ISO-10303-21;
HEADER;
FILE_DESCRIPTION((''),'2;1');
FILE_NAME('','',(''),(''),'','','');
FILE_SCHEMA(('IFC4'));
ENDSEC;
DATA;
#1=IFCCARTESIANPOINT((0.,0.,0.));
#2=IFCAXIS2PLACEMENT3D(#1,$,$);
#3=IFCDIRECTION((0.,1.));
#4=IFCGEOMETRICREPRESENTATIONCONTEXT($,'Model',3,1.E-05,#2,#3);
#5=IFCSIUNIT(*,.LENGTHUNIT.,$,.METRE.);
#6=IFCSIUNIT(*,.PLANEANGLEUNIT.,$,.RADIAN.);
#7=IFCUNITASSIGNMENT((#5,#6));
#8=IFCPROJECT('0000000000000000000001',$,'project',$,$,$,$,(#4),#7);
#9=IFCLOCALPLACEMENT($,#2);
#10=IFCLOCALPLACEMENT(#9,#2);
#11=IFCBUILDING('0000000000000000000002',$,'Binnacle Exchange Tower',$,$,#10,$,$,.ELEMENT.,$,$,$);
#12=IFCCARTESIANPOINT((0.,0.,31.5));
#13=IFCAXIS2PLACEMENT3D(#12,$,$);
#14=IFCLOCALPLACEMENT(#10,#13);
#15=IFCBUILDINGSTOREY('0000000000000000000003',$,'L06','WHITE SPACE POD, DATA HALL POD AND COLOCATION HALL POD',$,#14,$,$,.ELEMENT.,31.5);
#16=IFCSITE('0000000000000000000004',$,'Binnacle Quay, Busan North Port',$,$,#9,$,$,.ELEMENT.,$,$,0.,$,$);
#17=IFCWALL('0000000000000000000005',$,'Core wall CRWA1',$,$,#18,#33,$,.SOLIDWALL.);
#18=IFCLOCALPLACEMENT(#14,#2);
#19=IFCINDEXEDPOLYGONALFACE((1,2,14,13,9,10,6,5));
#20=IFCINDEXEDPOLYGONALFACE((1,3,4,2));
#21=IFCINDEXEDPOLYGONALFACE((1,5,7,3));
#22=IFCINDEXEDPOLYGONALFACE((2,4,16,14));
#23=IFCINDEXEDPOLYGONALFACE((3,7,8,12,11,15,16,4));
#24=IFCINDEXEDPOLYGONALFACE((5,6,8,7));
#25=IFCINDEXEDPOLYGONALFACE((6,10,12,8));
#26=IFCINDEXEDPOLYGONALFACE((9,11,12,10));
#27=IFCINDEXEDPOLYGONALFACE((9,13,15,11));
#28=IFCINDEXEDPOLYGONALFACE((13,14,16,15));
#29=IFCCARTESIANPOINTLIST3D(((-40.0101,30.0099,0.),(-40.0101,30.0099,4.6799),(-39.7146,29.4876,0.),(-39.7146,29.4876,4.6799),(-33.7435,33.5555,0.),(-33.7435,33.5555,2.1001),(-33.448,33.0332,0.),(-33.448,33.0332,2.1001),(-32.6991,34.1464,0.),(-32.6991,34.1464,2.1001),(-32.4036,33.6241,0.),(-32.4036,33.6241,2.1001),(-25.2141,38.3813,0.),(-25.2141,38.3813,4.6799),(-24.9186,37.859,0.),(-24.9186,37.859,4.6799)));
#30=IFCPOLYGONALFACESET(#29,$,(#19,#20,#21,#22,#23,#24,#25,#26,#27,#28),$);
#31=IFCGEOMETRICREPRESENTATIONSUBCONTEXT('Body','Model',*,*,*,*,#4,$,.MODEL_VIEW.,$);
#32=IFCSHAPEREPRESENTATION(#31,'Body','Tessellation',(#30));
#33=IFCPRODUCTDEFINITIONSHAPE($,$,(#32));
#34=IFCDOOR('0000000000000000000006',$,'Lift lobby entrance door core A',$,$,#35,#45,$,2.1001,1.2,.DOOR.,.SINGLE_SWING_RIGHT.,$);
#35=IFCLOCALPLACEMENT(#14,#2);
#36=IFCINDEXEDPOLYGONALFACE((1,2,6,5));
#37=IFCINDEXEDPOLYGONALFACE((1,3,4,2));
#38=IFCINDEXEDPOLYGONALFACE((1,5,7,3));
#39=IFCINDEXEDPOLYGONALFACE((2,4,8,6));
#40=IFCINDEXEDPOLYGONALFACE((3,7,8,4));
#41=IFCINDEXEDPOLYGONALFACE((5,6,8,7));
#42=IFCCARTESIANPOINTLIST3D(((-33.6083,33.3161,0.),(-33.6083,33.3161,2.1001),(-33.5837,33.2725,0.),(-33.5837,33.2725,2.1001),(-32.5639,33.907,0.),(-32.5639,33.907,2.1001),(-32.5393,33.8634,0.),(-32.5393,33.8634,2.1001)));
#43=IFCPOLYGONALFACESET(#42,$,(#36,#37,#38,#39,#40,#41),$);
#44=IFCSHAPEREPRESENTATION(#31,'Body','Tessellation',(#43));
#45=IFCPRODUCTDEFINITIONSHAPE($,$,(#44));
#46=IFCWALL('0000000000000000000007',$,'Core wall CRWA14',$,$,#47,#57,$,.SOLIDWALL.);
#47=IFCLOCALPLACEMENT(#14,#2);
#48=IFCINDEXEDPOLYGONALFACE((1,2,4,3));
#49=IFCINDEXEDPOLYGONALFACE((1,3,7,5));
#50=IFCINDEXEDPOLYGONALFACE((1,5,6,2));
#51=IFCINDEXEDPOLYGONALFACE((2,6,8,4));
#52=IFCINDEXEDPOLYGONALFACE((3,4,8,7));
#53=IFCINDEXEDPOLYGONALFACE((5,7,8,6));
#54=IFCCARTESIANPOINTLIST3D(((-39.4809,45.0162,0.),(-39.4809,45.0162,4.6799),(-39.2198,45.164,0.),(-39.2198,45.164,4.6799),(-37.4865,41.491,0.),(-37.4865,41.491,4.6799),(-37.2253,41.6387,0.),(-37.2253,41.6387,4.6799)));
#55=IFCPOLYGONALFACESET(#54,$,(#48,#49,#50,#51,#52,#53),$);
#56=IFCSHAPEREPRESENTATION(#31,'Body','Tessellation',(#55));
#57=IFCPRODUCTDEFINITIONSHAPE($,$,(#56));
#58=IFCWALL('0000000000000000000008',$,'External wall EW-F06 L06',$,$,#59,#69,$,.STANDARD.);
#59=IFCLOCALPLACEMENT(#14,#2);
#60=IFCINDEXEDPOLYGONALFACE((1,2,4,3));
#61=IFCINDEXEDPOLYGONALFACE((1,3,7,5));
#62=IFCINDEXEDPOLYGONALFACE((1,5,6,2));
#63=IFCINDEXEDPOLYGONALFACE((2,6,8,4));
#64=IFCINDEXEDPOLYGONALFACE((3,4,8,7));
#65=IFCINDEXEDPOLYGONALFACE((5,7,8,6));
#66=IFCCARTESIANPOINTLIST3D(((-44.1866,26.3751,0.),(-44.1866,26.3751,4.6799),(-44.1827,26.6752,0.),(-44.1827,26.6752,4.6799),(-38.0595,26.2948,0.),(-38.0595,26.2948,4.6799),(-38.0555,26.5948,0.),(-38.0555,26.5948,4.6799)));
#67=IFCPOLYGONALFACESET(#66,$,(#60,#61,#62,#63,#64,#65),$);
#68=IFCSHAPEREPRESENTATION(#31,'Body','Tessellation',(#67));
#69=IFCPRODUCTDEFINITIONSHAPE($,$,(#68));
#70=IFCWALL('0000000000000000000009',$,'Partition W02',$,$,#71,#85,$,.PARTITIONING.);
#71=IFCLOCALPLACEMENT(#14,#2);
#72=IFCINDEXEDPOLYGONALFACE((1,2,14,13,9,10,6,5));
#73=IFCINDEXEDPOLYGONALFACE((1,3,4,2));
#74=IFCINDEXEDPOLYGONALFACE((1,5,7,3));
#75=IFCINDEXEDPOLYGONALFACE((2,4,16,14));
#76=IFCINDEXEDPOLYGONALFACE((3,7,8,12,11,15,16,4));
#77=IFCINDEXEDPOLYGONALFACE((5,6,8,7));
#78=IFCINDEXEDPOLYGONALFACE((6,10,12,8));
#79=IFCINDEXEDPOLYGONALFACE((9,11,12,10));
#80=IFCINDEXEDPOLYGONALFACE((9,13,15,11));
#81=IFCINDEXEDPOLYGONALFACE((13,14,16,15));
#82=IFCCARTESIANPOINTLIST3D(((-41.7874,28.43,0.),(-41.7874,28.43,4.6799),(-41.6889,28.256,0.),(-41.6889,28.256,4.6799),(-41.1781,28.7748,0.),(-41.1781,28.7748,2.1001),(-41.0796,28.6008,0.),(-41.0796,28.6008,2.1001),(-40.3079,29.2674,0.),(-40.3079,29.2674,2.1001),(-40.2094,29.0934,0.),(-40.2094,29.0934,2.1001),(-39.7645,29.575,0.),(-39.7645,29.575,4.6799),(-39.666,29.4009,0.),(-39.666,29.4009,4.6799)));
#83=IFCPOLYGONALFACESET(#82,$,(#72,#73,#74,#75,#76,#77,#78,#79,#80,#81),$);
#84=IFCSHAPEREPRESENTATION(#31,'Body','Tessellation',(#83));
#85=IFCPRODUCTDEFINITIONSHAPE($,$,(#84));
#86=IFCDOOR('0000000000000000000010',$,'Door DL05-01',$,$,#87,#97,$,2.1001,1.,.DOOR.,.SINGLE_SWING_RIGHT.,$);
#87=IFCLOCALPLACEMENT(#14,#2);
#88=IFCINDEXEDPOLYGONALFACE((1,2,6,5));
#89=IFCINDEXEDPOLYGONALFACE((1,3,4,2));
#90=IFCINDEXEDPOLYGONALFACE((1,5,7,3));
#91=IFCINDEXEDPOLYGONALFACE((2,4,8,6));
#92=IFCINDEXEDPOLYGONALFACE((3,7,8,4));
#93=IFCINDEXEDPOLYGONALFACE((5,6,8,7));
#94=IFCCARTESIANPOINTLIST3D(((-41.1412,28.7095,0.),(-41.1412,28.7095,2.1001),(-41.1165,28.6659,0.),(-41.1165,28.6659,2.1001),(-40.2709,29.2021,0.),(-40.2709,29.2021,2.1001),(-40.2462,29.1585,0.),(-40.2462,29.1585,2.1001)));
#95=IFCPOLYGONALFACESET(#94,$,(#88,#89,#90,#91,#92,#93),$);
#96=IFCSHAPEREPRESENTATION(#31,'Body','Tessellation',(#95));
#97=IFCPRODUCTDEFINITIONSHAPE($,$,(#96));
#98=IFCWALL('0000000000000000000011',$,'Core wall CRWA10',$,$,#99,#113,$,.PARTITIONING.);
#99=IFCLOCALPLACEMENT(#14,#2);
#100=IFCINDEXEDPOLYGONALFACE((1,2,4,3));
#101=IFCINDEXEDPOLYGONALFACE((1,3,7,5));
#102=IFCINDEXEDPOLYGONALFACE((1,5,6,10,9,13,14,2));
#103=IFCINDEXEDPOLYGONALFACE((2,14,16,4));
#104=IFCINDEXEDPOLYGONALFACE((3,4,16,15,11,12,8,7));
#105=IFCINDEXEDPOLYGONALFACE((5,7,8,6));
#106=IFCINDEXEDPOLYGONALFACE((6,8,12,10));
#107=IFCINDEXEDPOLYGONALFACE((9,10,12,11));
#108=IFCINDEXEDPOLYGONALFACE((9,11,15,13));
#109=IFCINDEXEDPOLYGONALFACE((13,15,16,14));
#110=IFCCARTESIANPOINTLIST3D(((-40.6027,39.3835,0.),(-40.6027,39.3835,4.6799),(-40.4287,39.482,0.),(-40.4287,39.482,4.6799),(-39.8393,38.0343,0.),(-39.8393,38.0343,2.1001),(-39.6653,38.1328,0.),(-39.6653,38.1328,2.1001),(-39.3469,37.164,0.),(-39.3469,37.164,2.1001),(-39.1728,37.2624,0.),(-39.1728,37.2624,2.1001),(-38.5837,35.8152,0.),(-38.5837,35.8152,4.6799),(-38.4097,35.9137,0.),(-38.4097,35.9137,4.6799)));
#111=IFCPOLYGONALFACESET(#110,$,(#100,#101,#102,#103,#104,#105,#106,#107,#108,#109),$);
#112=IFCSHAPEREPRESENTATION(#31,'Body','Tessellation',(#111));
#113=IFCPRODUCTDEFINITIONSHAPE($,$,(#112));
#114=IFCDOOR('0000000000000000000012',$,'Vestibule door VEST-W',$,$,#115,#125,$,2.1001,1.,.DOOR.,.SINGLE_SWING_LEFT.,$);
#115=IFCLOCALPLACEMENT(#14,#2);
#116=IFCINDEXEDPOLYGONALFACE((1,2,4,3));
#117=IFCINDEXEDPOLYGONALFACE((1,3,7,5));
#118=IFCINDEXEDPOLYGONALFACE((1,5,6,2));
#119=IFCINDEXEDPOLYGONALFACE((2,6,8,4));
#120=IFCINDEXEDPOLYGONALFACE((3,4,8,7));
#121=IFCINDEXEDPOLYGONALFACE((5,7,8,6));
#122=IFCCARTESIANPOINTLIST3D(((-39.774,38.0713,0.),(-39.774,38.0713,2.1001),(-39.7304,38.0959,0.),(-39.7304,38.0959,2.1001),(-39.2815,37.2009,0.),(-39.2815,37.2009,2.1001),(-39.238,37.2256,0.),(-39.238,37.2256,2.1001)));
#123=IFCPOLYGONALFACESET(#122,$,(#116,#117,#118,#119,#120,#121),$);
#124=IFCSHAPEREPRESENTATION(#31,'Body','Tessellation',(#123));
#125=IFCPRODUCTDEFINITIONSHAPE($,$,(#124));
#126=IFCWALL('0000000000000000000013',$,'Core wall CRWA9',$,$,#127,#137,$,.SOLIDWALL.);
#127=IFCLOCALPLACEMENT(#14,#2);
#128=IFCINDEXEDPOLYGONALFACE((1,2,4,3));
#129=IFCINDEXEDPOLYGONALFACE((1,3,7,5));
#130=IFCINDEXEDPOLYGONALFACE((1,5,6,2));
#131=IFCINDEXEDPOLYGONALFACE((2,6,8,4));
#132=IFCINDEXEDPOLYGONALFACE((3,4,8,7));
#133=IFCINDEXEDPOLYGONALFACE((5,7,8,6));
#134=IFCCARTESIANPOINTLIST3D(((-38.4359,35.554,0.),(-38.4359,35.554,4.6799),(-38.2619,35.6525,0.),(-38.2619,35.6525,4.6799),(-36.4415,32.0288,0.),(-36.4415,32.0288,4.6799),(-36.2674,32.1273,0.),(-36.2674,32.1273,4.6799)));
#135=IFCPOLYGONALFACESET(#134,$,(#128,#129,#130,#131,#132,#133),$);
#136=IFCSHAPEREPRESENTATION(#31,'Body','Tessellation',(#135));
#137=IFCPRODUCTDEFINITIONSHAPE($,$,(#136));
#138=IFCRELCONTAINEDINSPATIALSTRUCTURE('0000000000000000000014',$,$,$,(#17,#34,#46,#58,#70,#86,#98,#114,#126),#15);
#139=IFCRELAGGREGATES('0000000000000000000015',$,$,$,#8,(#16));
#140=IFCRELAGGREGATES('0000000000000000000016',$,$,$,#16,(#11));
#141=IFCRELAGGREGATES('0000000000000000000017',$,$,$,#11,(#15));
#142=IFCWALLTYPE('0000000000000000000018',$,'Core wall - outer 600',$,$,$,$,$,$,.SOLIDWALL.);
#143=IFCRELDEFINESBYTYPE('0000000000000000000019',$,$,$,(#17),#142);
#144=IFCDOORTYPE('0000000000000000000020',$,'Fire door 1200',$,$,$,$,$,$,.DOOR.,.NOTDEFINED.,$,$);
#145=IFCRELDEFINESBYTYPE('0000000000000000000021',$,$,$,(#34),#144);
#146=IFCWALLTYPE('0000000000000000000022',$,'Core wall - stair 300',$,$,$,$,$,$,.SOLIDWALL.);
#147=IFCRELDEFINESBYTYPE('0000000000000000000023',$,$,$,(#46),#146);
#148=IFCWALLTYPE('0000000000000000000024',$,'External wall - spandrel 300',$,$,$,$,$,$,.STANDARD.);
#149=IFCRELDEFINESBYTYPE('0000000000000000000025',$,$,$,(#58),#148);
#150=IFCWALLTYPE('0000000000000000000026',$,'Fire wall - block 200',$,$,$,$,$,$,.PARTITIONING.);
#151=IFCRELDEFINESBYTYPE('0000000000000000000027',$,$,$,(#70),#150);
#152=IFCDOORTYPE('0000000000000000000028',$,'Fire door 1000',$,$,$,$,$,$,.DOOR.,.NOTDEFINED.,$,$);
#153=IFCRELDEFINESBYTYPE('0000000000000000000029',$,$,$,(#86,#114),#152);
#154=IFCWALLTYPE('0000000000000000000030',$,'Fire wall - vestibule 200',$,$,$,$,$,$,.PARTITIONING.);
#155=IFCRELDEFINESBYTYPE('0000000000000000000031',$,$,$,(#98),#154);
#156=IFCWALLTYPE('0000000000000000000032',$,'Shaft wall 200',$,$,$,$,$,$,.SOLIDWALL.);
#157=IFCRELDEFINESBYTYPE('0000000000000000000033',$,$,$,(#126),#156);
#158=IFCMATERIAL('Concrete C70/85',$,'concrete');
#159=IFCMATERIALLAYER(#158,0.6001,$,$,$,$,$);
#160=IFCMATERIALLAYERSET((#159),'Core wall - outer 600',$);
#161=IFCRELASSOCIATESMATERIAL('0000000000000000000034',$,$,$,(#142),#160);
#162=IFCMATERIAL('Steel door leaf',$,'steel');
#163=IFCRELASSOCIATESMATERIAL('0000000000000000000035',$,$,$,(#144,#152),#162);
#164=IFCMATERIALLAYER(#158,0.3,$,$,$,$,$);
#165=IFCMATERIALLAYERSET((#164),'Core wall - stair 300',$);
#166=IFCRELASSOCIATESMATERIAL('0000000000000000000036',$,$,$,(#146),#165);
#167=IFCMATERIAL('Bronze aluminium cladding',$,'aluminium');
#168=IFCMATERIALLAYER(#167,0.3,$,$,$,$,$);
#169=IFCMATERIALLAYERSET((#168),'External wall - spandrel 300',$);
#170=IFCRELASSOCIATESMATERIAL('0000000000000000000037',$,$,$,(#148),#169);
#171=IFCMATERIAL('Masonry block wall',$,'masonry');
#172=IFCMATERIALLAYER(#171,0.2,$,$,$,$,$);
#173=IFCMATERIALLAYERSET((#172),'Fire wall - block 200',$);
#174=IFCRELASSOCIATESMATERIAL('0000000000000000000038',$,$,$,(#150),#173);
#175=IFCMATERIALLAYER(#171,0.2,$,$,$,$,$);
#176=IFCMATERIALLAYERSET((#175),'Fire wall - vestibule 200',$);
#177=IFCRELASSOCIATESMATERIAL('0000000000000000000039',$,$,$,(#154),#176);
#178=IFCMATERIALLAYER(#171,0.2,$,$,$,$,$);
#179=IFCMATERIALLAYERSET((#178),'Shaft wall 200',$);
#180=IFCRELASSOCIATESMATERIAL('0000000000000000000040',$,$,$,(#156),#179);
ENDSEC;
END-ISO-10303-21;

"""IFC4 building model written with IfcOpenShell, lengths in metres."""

from ifc_helpers import new_model, si_unit, direction, frame, frame_2d, origin, place, context, subcontext, project, spatial, rectangle, extrude, material, layer, layer_set, type_object, element, fill, save


model = new_model("IFC4")

# Units and contexts
model_context = context("Model", 3, precision=1e-05, world=origin(), true_north=direction((0.0, 1.0)))
body_context = subcontext(model_context, "Body", "Model", "MODEL_VIEW")
ifc_project = project(units=[si_unit("LENGTHUNIT", "METRE"), si_unit("PLANEANGLEUNIT", "RADIAN")], contexts=[model_context])

# Site, building, storey
site_placement = place(None, origin())
site = spatial("IfcSite", under=ifc_project, at=site_placement, Name="Binnacle Quay, Busan North Port", CompositionType="ELEMENT", RefElevation=0.0)
building_placement = place(site_placement, origin())
building = spatial("IfcBuilding", under=site, at=building_placement, Name="Binnacle Exchange Tower", CompositionType="ELEMENT")
storey_placement = place(building_placement, frame((0.0, 0.0, 31.5)))
storey = spatial("IfcBuildingStorey", under=building, at=storey_placement, Name="L06", Description="WHITE SPACE POD, DATA HALL POD AND COLOCATION HALL POD", CompositionType="ELEMENT", Elevation=31.5)

# Shared definitions
ifc_material_1 = material(Name="Concrete C70/85", Category="concrete")

# Shared definitions
ifc_material_2 = material(Name="Steel door leaf", Category="steel")

# Wall, opening, door
ifc_layer_1 = layer(ifc_material_1, 0.6001)
ifc_layer_set_1 = layer_set([ifc_layer_1], Name="Core wall - outer 600")
wall_type_1 = type_object("IfcWallType", Name="Core wall - outer 600", PredefinedType="SOLIDWALL", material=ifc_layer_set_1)
wall_1_placement = place(storey_placement, frame((-39.8623, 29.7488, 0.0), z_axis=(0.0, 0.0, 1.0), x_axis=(0.87035, 0.492433, 0.0)))
wall_1 = element("IfcWall", 1, at=wall_1_placement, inside=storey, type_object=wall_type_1, Name="Core wall CRWA1", PredefinedType="SOLIDWALL", context=body_context, shape_type="SweptSolid", body=[
    extrude(rectangle(XDim=17.0, YDim=0.6001, at=frame_2d((8.5, 0.0))), origin(), (0.0, 0.0, 1.0), 4.6799),
])
opening_1_placement = place(wall_1_placement, frame((7.2, 0.0, 0.0)))
opening_1 = element("IfcOpeningElement", 2, at=opening_1_placement, cuts=wall_1, PredefinedType="OPENING", context=body_context, shape_type="SweptSolid", body=[
    extrude(rectangle(XDim=1.2, YDim=2.1001, at=frame_2d((0.6001, 1.05))), frame((0.0, 0.3101, 0.0), z_axis=(0.0, -1.0, 0.0), x_axis=(1.0, 0.0, 0.0)), (0.0, 0.0, 1.0), 0.6201),
])
door_type_1 = type_object("IfcDoorType", Name="Fire door 1200", OperationType="NOTDEFINED", PredefinedType="DOOR", material=ifc_material_2)
door_1_placement = place(opening_1_placement, frame((1.2, 0.0, 0.0), z_axis=(0.0, 0.0, 1.0), x_axis=(-1.0, 0.0, 0.0)))
door_1 = element("IfcDoor", 3, at=door_1_placement, inside=storey, type_object=door_type_1, Name="Lift lobby entrance door core A", OperationType="SINGLE_SWING_RIGHT", OverallHeight=2.1001, OverallWidth=1.2, PredefinedType="DOOR", context=body_context, shape_type="SweptSolid", body=[
    extrude(rectangle(XDim=1.2, YDim=2.1001, at=frame_2d((0.6001, 1.05))), frame((0.0, 0.0249, 0.0), z_axis=(0.0, -1.0, 0.0), x_axis=(1.0, 0.0, 0.0)), (0.0, 0.0, 1.0), 0.05),
])
fill(opening_1, door_1)

# Walls
ifc_layer_2 = layer(ifc_material_1, 0.3)
ifc_layer_set_2 = layer_set([ifc_layer_2], Name="Core wall - stair 300")
wall_type_2 = type_object("IfcWallType", Name="Core wall - stair 300", PredefinedType="SOLIDWALL", material=ifc_layer_set_2)
wall_2_placement = place(storey_placement, frame((-39.3503, 45.0901, 0.0), z_axis=(0.0, 0.0, 1.0), x_axis=(0.492415, -0.870361, 0.0)))
element("IfcWall", 4, at=wall_2_placement, inside=storey, type_object=wall_type_2, Name="Core wall CRWA14", PredefinedType="SOLIDWALL", context=body_context, shape_type="SweptSolid", body=[
    extrude(rectangle(XDim=4.0503, YDim=0.3, at=frame_2d((2.0251, 0.0))), origin(), (0.0, 0.0, 1.0), 4.6799),
])
ifc_material_3 = material(Name="Bronze aluminium cladding", Category="aluminium")
ifc_layer_3 = layer(ifc_material_3, 0.3)
ifc_layer_set_3 = layer_set([ifc_layer_3], Name="External wall - spandrel 300")
wall_type_3 = type_object("IfcWallType", Name="External wall - spandrel 300", PredefinedType="STANDARD", material=ifc_layer_set_3)
wall_3_placement = place(storey_placement, frame((-38.0574, 26.4448, 0.0), z_axis=(0.0, 0.0, 1.0), x_axis=(-0.999914, 0.013108, 0.0)))
element("IfcWall", 5, at=wall_3_placement, inside=storey, type_object=wall_type_3, Name="External wall EW-F06 L06", PredefinedType="STANDARD", context=body_context, shape_type="SweptSolid", body=[
    extrude(rectangle(XDim=6.1277, YDim=0.3, at=frame_2d((3.064, 0.0))), origin(), (0.0, 0.0, 1.0), 4.6799),
])

# Walls, openings, doors
ifc_material_4 = material(Name="Masonry block wall", Category="masonry")
ifc_layer_4 = layer(ifc_material_4, 0.2)
ifc_layer_set_4 = layer_set([ifc_layer_4], Name="Fire wall - block 200")
wall_type_4 = type_object("IfcWallType", Name="Fire wall - block 200", PredefinedType="PARTITIONING", material=ifc_layer_set_4)
wall_4_placement = place(storey_placement, frame((-41.738, 28.343, 0.0), z_axis=(0.0, 0.0, 1.0), x_axis=(0.870265, 0.492583, 0.0)))
wall_4 = element("IfcWall", 6, at=wall_4_placement, inside=storey, type_object=wall_type_4, Name="Partition W02", PredefinedType="PARTITIONING", context=body_context, shape_type="SweptSolid", body=[
    extrude(rectangle(XDim=2.3245, YDim=0.2, at=frame_2d((1.1621, 0.0))), origin(), (0.0, 0.0, 1.0), 4.6799),
])
opening_2_placement = place(wall_4_placement, frame((0.7, 0.0, 0.0)))
opening_2 = element("IfcOpeningElement", 7, at=opening_2_placement, cuts=wall_4, PredefinedType="OPENING", context=body_context, shape_type="SweptSolid", body=[
    extrude(rectangle(XDim=1.0, YDim=2.1001, at=frame_2d((0.5, 1.05))), frame((0.0, 0.1099, 0.0), z_axis=(0.0, -1.0, 0.0), x_axis=(1.0, 0.0, 0.0)), (0.0, 0.0, 1.0), 0.22),
])
door_type_2 = type_object("IfcDoorType", Name="Fire door 1000", OperationType="NOTDEFINED", PredefinedType="DOOR", material=ifc_material_2)
door_2_placement = place(opening_2_placement, origin())
door_2 = element("IfcDoor", 8, at=door_2_placement, inside=storey, type_object=door_type_2, Name="Door DL05-01", OperationType="SINGLE_SWING_RIGHT", OverallHeight=2.1001, OverallWidth=1.0, PredefinedType="DOOR", context=body_context, shape_type="SweptSolid", body=[
    extrude(rectangle(XDim=1.0, YDim=2.1001, at=frame_2d((0.5, 1.05))), frame((0.0, 0.0249, 0.0), z_axis=(0.0, -1.0, 0.0), x_axis=(1.0, 0.0, 0.0)), (0.0, 0.0, 1.0), 0.05),
])
fill(opening_2, door_2)
ifc_layer_5 = layer(ifc_material_4, 0.2)
ifc_layer_set_5 = layer_set([ifc_layer_5], Name="Fire wall - vestibule 200")
wall_type_5 = type_object("IfcWallType", Name="Fire wall - vestibule 200", PredefinedType="PARTITIONING", material=ifc_layer_set_5)
wall_5_placement = place(storey_placement, frame((-40.5156, 39.4326, 0.0), z_axis=(0.0, 0.0, 1.0), x_axis=(0.492454, -0.870339, 0.0)))
wall_5 = element("IfcWall", 9, at=wall_5_placement, inside=storey, type_object=wall_type_5, Name="Core wall CRWA10", PredefinedType="PARTITIONING", context=body_context, shape_type="SweptSolid", body=[
    extrude(rectangle(XDim=4.0999, YDim=0.2, at=frame_2d((2.0498, 0.0))), origin(), (0.0, 0.0, 1.0), 4.6799),
])
opening_3_placement = place(wall_5_placement, frame((1.55, 0.0, 0.0)))
opening_3 = element("IfcOpeningElement", 10, at=opening_3_placement, cuts=wall_5, PredefinedType="OPENING", context=body_context, shape_type="SweptSolid", body=[
    extrude(rectangle(XDim=1.0, YDim=2.1001, at=frame_2d((0.5, 1.05))), frame((0.0, 0.1099, 0.0), z_axis=(0.0, -1.0, 0.0), x_axis=(1.0, 0.0, 0.0)), (0.0, 0.0, 1.0), 0.22),
])
door_3_placement = place(opening_3_placement, frame((1.0, 0.0, 0.0), z_axis=(0.0, 0.0, 1.0), x_axis=(-1.0, 0.0, 0.0)))
door_3 = element("IfcDoor", 11, at=door_3_placement, inside=storey, type_object=door_type_2, Name="Vestibule door VEST-W", OperationType="SINGLE_SWING_LEFT", OverallHeight=2.1001, OverallWidth=1.0, PredefinedType="DOOR", context=body_context, shape_type="SweptSolid", body=[
    extrude(rectangle(XDim=1.0, YDim=2.1001, at=frame_2d((0.5, 1.05))), frame((0.0, 0.0249, 0.0), z_axis=(0.0, -1.0, 0.0), x_axis=(1.0, 0.0, 0.0)), (0.0, 0.0, 1.0), 0.05),
])
fill(opening_3, door_3)

# Wall
ifc_layer_6 = layer(ifc_material_4, 0.2)
ifc_layer_set_6 = layer_set([ifc_layer_6], Name="Shaft wall 200")
wall_type_6 = type_object("IfcWallType", Name="Shaft wall 200", PredefinedType="SOLIDWALL", material=ifc_layer_set_6)
wall_6_placement = place(storey_placement, frame((-38.3489, 35.6033, 0.0), z_axis=(0.0, 0.0, 1.0), x_axis=(0.492415, -0.870361, 0.0)))
element("IfcWall", 12, at=wall_6_placement, inside=storey, type_object=wall_type_6, Name="Core wall CRWA9", PredefinedType="SOLIDWALL", context=body_context, shape_type="SweptSolid", body=[
    extrude(rectangle(XDim=4.0503, YDim=0.2, at=frame_2d((2.0251, 0.0))), origin(), (0.0, 0.0, 1.0), 4.6799),
])

save(model, "model.ifc")
